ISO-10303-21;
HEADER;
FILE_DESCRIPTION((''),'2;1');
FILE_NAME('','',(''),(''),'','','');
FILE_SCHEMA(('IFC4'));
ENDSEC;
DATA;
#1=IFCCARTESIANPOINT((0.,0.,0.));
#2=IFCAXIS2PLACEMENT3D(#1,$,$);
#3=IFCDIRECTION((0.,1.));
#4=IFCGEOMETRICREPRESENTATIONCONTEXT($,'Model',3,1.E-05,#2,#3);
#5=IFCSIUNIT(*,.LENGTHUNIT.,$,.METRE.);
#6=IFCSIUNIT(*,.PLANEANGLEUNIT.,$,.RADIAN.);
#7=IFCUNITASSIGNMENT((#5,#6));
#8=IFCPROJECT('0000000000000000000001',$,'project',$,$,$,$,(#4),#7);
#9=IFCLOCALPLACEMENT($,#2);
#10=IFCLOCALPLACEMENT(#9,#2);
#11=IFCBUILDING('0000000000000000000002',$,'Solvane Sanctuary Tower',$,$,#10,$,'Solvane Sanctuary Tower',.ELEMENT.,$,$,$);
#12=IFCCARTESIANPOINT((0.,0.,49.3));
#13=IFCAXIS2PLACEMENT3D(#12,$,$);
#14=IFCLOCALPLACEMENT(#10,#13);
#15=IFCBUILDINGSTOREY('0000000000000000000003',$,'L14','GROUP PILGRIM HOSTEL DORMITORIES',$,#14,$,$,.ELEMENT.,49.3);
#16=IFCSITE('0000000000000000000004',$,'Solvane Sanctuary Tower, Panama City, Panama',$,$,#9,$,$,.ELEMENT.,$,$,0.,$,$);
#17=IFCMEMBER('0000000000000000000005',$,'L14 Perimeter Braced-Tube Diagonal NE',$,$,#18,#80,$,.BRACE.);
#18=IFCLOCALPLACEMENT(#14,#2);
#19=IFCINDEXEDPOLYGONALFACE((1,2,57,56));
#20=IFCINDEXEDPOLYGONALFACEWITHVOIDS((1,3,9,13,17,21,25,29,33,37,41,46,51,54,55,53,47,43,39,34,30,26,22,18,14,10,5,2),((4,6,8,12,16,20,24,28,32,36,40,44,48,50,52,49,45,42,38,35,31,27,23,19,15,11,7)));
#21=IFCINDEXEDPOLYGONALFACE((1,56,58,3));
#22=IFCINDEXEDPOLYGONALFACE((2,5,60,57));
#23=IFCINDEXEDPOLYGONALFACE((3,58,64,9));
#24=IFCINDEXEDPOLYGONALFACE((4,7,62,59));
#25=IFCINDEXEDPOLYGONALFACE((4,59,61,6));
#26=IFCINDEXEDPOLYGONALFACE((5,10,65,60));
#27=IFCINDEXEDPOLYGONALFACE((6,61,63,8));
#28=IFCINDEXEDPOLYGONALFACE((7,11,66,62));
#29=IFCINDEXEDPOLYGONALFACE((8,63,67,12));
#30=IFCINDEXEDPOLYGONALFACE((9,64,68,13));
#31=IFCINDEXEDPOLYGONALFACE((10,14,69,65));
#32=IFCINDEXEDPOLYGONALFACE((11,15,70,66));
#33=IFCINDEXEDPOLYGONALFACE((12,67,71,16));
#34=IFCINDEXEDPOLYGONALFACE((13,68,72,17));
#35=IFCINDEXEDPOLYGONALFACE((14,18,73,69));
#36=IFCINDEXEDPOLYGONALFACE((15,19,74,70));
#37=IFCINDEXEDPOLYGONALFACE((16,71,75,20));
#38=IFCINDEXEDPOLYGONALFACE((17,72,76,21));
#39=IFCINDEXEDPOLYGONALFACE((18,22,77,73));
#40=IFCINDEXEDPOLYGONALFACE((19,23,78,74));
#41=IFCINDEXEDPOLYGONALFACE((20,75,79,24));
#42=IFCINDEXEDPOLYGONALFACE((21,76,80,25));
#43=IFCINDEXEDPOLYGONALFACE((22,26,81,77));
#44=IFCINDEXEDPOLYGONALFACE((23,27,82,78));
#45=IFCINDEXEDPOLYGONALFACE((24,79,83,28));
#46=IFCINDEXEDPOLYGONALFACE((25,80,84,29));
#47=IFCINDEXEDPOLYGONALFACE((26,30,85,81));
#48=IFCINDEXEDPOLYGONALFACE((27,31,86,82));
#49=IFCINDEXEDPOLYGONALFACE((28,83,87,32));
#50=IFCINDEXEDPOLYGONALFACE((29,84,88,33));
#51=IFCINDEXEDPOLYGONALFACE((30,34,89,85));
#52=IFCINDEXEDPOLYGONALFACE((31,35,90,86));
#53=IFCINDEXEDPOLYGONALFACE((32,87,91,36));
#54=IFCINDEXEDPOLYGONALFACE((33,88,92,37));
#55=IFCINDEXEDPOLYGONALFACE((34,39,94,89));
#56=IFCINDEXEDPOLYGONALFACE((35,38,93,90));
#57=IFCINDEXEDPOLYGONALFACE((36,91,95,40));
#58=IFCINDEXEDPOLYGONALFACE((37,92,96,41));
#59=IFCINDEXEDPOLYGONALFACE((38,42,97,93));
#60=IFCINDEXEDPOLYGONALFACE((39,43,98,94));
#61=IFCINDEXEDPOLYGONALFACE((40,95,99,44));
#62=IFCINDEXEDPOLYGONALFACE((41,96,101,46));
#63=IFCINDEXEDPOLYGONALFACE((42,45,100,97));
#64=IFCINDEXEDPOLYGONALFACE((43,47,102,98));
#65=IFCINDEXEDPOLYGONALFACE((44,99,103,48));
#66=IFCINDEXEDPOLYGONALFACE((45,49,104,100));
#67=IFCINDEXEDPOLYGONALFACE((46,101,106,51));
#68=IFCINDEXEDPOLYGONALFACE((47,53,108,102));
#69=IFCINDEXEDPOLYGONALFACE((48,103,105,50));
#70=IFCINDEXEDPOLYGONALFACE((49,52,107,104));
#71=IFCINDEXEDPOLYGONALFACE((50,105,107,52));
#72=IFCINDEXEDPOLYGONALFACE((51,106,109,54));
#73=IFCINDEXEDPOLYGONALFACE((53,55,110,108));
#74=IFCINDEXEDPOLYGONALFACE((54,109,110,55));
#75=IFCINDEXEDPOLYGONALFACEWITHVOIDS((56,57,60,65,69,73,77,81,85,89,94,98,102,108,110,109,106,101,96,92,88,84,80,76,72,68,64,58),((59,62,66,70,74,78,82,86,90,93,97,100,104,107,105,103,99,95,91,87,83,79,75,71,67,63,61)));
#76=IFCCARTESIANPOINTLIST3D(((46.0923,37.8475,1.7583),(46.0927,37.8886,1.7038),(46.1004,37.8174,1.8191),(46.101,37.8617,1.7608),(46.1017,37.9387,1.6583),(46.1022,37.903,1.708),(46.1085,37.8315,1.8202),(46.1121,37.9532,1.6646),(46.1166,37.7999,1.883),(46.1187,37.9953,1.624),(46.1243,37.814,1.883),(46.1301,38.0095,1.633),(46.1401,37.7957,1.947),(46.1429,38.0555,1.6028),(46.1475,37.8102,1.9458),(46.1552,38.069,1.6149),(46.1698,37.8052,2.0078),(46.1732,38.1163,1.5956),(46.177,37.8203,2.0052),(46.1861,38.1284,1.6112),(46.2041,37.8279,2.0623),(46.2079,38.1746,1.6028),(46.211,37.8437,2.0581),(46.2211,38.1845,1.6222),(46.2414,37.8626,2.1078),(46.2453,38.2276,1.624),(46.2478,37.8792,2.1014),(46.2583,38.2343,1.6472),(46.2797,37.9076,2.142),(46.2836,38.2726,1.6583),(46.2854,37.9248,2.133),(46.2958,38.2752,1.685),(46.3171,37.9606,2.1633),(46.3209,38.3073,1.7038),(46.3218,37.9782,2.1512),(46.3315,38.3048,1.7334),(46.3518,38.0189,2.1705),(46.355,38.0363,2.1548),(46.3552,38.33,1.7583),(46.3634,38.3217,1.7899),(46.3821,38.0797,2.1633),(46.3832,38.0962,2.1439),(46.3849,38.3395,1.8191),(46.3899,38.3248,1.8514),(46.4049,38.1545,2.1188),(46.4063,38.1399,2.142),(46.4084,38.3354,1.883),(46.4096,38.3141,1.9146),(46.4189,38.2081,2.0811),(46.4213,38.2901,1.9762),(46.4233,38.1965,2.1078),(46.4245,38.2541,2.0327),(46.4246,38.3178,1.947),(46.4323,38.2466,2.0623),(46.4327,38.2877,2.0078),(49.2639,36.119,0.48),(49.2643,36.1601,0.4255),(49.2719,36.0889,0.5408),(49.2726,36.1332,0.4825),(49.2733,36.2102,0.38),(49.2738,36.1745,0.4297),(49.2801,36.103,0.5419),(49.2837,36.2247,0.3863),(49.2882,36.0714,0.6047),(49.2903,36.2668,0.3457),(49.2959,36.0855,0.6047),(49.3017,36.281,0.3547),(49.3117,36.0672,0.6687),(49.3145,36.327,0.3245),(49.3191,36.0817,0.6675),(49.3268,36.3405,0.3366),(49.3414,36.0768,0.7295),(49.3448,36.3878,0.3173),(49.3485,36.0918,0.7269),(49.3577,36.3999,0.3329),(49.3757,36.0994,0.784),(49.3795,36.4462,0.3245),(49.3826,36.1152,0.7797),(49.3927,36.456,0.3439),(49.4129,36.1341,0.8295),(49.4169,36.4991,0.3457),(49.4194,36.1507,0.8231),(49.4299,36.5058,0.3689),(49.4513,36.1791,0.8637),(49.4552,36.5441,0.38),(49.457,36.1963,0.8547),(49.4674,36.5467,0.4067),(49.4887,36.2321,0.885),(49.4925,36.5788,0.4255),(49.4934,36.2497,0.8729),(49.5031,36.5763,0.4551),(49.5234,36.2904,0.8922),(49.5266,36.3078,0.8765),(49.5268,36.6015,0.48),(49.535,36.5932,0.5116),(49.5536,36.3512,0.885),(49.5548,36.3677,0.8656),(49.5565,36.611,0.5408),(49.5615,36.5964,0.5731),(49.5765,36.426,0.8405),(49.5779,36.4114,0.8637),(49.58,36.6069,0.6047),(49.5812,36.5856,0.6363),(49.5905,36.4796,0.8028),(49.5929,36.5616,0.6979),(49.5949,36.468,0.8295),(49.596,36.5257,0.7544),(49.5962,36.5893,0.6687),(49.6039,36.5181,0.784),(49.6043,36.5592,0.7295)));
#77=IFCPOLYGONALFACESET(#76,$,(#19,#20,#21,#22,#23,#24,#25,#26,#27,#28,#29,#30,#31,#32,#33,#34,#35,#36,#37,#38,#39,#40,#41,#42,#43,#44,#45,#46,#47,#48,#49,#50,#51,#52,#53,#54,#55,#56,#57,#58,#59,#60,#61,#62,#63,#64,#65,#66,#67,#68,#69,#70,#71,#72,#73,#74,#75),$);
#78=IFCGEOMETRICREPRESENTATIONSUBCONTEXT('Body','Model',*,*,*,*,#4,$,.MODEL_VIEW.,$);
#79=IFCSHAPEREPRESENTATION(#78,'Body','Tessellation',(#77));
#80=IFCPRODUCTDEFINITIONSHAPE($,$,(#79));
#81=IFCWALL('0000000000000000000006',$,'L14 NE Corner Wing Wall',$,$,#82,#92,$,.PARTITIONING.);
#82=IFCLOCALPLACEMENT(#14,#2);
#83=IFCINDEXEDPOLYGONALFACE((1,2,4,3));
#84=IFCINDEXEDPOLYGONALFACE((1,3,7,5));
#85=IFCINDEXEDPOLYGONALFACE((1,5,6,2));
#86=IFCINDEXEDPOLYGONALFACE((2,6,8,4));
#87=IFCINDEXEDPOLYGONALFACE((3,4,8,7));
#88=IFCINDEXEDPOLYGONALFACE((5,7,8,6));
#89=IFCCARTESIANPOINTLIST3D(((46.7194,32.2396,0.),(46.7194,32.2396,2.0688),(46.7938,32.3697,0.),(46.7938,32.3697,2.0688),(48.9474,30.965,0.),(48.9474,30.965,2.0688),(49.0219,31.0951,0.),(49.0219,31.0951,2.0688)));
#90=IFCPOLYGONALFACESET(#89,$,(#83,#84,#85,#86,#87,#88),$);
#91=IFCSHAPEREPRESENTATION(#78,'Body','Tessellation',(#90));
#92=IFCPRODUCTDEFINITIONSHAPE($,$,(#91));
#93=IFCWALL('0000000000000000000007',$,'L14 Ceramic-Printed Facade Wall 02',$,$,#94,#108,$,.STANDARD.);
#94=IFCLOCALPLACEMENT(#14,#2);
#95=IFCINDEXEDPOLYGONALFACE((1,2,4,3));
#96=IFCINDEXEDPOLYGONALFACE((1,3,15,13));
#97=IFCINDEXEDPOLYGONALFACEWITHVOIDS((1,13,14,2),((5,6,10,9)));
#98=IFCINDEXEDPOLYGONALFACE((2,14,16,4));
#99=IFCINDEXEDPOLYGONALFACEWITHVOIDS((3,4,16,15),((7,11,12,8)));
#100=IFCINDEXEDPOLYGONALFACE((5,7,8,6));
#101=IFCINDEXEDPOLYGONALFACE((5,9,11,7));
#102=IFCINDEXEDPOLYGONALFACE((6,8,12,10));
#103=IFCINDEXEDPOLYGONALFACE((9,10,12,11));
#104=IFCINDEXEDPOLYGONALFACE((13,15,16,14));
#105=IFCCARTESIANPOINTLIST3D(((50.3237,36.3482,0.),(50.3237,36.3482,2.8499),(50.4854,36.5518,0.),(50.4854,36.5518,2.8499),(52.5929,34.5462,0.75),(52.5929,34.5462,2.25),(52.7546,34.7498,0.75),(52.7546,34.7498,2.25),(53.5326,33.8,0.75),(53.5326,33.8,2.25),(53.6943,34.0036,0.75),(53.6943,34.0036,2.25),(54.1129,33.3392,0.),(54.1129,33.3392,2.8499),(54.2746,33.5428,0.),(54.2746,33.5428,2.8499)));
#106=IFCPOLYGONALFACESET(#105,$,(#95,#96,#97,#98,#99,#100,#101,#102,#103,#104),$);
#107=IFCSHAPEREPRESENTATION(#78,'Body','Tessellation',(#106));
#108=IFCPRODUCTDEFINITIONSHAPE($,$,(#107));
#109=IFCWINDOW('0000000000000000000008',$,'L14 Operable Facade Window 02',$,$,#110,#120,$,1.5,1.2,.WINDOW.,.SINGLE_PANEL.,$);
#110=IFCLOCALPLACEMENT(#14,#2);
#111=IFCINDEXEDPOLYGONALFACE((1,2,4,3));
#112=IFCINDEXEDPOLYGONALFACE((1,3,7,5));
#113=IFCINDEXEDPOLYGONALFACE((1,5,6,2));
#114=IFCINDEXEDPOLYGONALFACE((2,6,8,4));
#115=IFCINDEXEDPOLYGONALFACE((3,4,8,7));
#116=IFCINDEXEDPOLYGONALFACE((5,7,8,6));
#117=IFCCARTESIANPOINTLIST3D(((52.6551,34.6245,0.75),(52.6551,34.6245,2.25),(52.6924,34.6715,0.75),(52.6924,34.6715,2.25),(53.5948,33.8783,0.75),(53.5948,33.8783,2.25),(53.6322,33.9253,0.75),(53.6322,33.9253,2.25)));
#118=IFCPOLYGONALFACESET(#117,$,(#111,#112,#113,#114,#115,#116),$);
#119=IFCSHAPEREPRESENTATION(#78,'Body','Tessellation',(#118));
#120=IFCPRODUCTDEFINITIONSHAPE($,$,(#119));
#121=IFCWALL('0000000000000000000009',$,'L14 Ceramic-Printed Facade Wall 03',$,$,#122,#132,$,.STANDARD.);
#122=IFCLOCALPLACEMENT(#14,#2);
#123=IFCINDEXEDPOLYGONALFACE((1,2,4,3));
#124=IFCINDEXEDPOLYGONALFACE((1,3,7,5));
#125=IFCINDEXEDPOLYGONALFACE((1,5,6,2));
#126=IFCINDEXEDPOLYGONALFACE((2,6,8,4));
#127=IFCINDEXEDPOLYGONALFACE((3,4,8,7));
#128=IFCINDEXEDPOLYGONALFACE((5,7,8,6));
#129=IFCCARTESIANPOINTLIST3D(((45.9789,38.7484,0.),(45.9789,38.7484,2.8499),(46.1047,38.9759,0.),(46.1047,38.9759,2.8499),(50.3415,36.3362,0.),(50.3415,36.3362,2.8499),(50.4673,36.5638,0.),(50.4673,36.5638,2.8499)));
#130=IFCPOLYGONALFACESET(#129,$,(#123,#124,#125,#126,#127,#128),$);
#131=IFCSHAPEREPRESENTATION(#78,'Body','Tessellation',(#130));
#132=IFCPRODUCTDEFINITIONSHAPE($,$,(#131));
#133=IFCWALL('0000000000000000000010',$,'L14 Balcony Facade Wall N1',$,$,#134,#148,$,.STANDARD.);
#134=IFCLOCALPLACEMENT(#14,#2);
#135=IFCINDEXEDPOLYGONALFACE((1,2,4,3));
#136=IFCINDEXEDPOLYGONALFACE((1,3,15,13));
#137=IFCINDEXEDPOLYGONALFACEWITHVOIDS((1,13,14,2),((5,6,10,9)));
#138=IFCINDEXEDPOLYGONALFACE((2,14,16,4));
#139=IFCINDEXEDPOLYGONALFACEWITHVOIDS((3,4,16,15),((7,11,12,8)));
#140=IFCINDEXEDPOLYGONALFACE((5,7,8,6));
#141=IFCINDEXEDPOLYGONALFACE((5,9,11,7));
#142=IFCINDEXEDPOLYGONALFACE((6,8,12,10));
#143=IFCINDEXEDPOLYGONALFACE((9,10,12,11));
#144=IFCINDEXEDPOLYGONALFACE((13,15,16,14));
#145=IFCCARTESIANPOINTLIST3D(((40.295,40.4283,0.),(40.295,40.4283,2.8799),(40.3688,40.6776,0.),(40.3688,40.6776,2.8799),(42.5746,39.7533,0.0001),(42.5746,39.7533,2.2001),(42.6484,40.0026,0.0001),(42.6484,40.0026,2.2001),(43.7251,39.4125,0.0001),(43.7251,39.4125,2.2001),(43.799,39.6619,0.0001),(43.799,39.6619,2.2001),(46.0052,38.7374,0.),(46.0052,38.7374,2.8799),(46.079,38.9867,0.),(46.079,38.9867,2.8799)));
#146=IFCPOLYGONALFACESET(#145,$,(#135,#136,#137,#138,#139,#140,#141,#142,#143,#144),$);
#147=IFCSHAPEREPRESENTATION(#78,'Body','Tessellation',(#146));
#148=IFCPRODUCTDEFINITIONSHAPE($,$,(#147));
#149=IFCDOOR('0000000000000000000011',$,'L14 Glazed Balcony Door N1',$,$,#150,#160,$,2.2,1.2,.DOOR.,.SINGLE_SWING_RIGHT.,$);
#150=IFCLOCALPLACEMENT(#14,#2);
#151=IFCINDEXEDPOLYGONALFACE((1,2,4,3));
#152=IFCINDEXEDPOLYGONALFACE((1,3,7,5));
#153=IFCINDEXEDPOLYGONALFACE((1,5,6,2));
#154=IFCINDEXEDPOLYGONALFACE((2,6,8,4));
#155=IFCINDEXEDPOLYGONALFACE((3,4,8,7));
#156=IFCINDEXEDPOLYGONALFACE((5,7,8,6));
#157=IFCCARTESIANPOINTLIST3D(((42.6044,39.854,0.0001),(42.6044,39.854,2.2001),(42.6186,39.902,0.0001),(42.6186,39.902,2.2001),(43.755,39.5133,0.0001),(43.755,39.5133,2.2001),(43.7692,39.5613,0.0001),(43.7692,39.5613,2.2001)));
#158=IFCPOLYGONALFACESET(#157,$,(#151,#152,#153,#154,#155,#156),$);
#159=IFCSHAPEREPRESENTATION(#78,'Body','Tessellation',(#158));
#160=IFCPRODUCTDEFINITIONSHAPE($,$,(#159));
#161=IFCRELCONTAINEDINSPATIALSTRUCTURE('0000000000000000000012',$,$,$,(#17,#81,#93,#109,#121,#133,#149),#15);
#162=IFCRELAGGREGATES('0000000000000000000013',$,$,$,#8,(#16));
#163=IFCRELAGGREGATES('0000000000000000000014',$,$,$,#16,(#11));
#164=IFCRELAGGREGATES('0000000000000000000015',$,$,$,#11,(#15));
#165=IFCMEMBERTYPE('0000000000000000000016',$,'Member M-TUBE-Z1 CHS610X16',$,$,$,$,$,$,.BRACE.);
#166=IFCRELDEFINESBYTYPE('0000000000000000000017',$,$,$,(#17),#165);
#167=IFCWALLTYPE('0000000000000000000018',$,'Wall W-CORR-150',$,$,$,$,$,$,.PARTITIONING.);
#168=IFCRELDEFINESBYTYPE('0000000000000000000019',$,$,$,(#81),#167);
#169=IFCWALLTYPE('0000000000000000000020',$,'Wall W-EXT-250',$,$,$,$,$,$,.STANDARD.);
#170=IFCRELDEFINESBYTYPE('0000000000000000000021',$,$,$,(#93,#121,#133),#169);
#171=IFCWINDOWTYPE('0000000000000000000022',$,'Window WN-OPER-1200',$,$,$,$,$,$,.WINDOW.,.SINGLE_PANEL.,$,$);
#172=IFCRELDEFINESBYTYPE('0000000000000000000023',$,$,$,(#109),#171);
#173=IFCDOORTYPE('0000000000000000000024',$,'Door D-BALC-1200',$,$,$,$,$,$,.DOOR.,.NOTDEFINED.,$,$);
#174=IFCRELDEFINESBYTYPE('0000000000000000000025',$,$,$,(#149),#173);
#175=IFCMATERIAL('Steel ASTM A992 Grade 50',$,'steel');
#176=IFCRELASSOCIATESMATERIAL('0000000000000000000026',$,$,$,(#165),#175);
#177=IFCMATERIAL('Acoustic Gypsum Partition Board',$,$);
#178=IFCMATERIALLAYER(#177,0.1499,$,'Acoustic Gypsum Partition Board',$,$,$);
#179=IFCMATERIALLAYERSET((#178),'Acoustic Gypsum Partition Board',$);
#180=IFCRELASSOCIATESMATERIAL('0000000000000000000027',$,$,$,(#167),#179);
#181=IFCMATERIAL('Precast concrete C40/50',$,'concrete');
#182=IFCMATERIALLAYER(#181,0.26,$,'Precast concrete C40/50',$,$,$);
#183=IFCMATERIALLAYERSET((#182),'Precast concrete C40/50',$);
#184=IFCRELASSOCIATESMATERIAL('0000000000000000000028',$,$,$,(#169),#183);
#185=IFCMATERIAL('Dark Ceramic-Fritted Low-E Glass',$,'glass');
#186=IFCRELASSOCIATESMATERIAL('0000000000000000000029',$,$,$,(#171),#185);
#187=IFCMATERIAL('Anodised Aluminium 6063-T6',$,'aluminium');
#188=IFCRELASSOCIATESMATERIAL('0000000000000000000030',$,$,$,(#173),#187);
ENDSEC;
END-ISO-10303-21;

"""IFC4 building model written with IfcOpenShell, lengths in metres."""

from ifc_helpers import new_model, si_unit, direction, frame, frame_2d, origin, origin_2d, place, context, subcontext, project, spatial, rectangle, hollow_circle, extrude, material, layer, layer_set, material_profile, profile_set, type_object, element, fill, save


model = new_model("IFC4")

# Units and contexts
model_context = context("Model", 3, precision=1e-05, world=origin(), true_north=direction((0.0, 1.0)))
body_context = subcontext(model_context, "Body", "Model", "MODEL_VIEW")
ifc_project = project(units=[si_unit("LENGTHUNIT", "METRE"), si_unit("PLANEANGLEUNIT", "RADIAN")], contexts=[model_context])

# Site, building, storey
site_placement = place(None, origin())
site = spatial("IfcSite", under=ifc_project, at=site_placement, Name="Solvane Sanctuary Tower, Panama City, Panama", CompositionType="ELEMENT", RefElevation=0.0)
building_placement = place(site_placement, origin())
building = spatial("IfcBuilding", under=site, at=building_placement, Name="Solvane Sanctuary Tower", LongName="Solvane Sanctuary Tower", CompositionType="ELEMENT")
storey_placement = place(building_placement, frame((0.0, 0.0, 49.3)))
storey = spatial("IfcBuildingStorey", under=building, at=storey_placement, Name="L14", Description="GROUP PILGRIM HOSTEL DORMITORIES", CompositionType="ELEMENT", Elevation=49.3)

# Shared definitions
ifc_material_1 = material(Name="Steel ASTM A992 Grade 50", Category="steel")

# Member
ifc_material_profile_1 = material_profile(ifc_material_1, hollow_circle(Radius=0.3049, WallThickness=0.0161, at=origin_2d()), Name="CHS610X16")
ifc_profile_set_1 = profile_set([ifc_material_profile_1], Name="Steel ASTM A992 Grade 50")
member_type = type_object("IfcMemberType", Name="Member M-TUBE-Z1 CHS610X16", PredefinedType="BRACE", material=ifc_profile_set_1)
member_placement = place(storey_placement, frame((49.4341, 36.3391, 0.6047), z_axis=(-0.827758, 0.451122, 0.333626), x_axis=(-0.47854, -0.878066, 0.0)))
element("IfcMember", 1, at=member_placement, inside=storey, type_object=member_type, Name="L14 Perimeter Braced-Tube Diagonal NE", PredefinedType="BRACE", context=body_context, shape_type="SweptSolid", body=[
    extrude(hollow_circle(Radius=0.3049, WallThickness=0.0161, at=origin_2d()), origin(), (0.0, 0.0, 1.0), 3.8315),
])

# Wall
ifc_material_2 = material(Name="Acoustic Gypsum Partition Board")
ifc_layer_1 = layer(ifc_material_2, 0.1499, Name="Acoustic Gypsum Partition Board")
ifc_layer_set_1 = layer_set([ifc_layer_1], Name="Acoustic Gypsum Partition Board")
wall_type_1 = type_object("IfcWallType", Name="Wall W-CORR-150", PredefinedType="PARTITIONING", material=ifc_layer_set_1)
wall_1_placement = place(storey_placement, frame((46.7566, 32.3047, 0.0), z_axis=(0.0, 0.0, 1.0), x_axis=(0.867991, -0.496579, 0.0)))
element("IfcWall", 2, at=wall_1_placement, inside=storey, type_object=wall_type_1, Name="L14 NE Corner Wing Wall", PredefinedType="PARTITIONING", context=body_context, shape_type="SweptSolid", body=[
    extrude(rectangle(XDim=2.5669, YDim=0.1499, at=frame_2d((1.2834, 0.0))), origin(), (0.0, 0.0, 1.0), 2.0688),
])

# Wall, opening, window
ifc_material_3 = material(Name="Precast concrete C40/50", Category="concrete")
ifc_layer_2 = layer(ifc_material_3, 0.26, Name="Precast concrete C40/50")
ifc_layer_set_2 = layer_set([ifc_layer_2], Name="Precast concrete C40/50")
wall_type_2 = type_object("IfcWallType", Name="Wall W-EXT-250", PredefinedType="STANDARD", material=ifc_layer_set_2)
wall_2_placement = place(storey_placement, frame((54.1938, 33.4409, 0.0), z_axis=(0.0, 0.0, 1.0), x_axis=(-0.783123, 0.621867, 0.0)))
wall_2 = element("IfcWall", 3, at=wall_2_placement, inside=storey, type_object=wall_type_2, Name="L14 Ceramic-Printed Facade Wall 02", PredefinedType="STANDARD", context=body_context, shape_type="SweptSolid", body=[
    extrude(rectangle(XDim=4.8386, YDim=0.26, at=frame_2d((2.4194, 0.0))), origin(), (0.0, 0.0, 1.0), 2.8499),
])
opening_1_placement = place(wall_2_placement, frame((0.741, 0.0, 0.75)))
opening_1 = element("IfcOpeningElement", 4, at=opening_1_placement, cuts=wall_2, PredefinedType="OPENING", context=body_context, shape_type="SweptSolid", body=[
    extrude(rectangle(XDim=1.2, YDim=1.5, at=frame_2d((0.6001, 0.75))), frame((0.0, 0.1399, 0.0), z_axis=(0.0, -1.0, 0.0), x_axis=(1.0, 0.0, 0.0)), (0.0, 0.0, 1.0), 0.28),
])
ifc_material_4 = material(Name="Dark Ceramic-Fritted Low-E Glass", Category="glass")
window_type_1 = type_object("IfcWindowType", Name="Window WN-OPER-1200", PartitioningType="SINGLE_PANEL", PredefinedType="WINDOW", material=ifc_material_4)
window_1_placement = place(opening_1_placement, origin())
window_1 = element("IfcWindow", 5, at=window_1_placement, inside=storey, type_object=window_type_1, Name="L14 Operable Facade Window 02", OverallHeight=1.5, OverallWidth=1.2, PartitioningType="SINGLE_PANEL", PredefinedType="WINDOW", context=body_context, shape_type="SweptSolid", body=[
    extrude(rectangle(XDim=1.2, YDim=1.5, at=frame_2d((0.6001, 0.75))), frame((0.0, 0.03, 0.0), z_axis=(0.0, -1.0, 0.0), x_axis=(1.0, 0.0, 0.0)), (0.0, 0.0, 1.0), 0.0601),
])
fill(opening_1, window_1)

# Wall
wall_3_placement = place(storey_placement, frame((50.4045, 36.45, 0.0), z_axis=(0.0, 0.0, 1.0), x_axis=(-0.875137, 0.483875, 0.0)))
element("IfcWall", 6, at=wall_3_placement, inside=storey, type_object=wall_type_2, Name="L14 Ceramic-Printed Facade Wall 03", PredefinedType="STANDARD", context=body_context, shape_type="SweptSolid", body=[
    extrude(rectangle(XDim=4.9851, YDim=0.26, at=frame_2d((2.4927, 0.0))), origin(), (0.0, 0.0, 1.0), 2.8499),
])

# Wall, opening, door
wall_4_placement = place(storey_placement, frame((46.042, 38.8621, 0.0), z_axis=(0.0, 0.0, 1.0), x_axis=(-0.958844, 0.283935, 0.0)))
wall_4 = element("IfcWall", 7, at=wall_4_placement, inside=storey, type_object=wall_type_2, Name="L14 Balcony Facade Wall N1", PredefinedType="STANDARD", context=body_context, shape_type="SweptSolid", body=[
    extrude(rectangle(XDim=5.9553, YDim=0.26, at=frame_2d((2.9775, 0.0))), origin(), (0.0, 0.0, 1.0), 2.8799),
])
opening_2_placement = place(wall_4_placement, frame((2.3777, 0.0, 0.0)))
opening_2 = element("IfcOpeningElement", 8, at=opening_2_placement, cuts=wall_4, PredefinedType="OPENING", context=body_context, shape_type="SweptSolid", body=[
    extrude(rectangle(XDim=1.2, YDim=2.2, at=frame_2d((0.6001, 1.1001))), frame((0.0, 0.1399, 0.0), z_axis=(0.0, -1.0, 0.0), x_axis=(1.0, 0.0, 0.0)), (0.0, 0.0, 1.0), 0.28),
])
ifc_material_5 = material(Name="Anodised Aluminium 6063-T6", Category="aluminium")
door_type_1 = type_object("IfcDoorType", Name="Door D-BALC-1200", OperationType="NOTDEFINED", PredefinedType="DOOR", material=ifc_material_5)
door_1_placement = place(opening_2_placement, origin())
door_1 = element("IfcDoor", 9, at=door_1_placement, inside=storey, type_object=door_type_1, Name="L14 Glazed Balcony Door N1", OperationType="SINGLE_SWING_RIGHT", OverallHeight=2.2, OverallWidth=1.2, PredefinedType="DOOR", context=body_context, shape_type="SweptSolid", body=[
    extrude(rectangle(XDim=1.2, YDim=2.2, at=frame_2d((0.6001, 1.1001))), frame((0.0, 0.0249, 0.0), z_axis=(0.0, -1.0, 0.0), x_axis=(1.0, 0.0, 0.0)), (0.0, 0.0, 1.0), 0.05),
])
fill(opening_2, door_1)

save(model, "model.ifc")
